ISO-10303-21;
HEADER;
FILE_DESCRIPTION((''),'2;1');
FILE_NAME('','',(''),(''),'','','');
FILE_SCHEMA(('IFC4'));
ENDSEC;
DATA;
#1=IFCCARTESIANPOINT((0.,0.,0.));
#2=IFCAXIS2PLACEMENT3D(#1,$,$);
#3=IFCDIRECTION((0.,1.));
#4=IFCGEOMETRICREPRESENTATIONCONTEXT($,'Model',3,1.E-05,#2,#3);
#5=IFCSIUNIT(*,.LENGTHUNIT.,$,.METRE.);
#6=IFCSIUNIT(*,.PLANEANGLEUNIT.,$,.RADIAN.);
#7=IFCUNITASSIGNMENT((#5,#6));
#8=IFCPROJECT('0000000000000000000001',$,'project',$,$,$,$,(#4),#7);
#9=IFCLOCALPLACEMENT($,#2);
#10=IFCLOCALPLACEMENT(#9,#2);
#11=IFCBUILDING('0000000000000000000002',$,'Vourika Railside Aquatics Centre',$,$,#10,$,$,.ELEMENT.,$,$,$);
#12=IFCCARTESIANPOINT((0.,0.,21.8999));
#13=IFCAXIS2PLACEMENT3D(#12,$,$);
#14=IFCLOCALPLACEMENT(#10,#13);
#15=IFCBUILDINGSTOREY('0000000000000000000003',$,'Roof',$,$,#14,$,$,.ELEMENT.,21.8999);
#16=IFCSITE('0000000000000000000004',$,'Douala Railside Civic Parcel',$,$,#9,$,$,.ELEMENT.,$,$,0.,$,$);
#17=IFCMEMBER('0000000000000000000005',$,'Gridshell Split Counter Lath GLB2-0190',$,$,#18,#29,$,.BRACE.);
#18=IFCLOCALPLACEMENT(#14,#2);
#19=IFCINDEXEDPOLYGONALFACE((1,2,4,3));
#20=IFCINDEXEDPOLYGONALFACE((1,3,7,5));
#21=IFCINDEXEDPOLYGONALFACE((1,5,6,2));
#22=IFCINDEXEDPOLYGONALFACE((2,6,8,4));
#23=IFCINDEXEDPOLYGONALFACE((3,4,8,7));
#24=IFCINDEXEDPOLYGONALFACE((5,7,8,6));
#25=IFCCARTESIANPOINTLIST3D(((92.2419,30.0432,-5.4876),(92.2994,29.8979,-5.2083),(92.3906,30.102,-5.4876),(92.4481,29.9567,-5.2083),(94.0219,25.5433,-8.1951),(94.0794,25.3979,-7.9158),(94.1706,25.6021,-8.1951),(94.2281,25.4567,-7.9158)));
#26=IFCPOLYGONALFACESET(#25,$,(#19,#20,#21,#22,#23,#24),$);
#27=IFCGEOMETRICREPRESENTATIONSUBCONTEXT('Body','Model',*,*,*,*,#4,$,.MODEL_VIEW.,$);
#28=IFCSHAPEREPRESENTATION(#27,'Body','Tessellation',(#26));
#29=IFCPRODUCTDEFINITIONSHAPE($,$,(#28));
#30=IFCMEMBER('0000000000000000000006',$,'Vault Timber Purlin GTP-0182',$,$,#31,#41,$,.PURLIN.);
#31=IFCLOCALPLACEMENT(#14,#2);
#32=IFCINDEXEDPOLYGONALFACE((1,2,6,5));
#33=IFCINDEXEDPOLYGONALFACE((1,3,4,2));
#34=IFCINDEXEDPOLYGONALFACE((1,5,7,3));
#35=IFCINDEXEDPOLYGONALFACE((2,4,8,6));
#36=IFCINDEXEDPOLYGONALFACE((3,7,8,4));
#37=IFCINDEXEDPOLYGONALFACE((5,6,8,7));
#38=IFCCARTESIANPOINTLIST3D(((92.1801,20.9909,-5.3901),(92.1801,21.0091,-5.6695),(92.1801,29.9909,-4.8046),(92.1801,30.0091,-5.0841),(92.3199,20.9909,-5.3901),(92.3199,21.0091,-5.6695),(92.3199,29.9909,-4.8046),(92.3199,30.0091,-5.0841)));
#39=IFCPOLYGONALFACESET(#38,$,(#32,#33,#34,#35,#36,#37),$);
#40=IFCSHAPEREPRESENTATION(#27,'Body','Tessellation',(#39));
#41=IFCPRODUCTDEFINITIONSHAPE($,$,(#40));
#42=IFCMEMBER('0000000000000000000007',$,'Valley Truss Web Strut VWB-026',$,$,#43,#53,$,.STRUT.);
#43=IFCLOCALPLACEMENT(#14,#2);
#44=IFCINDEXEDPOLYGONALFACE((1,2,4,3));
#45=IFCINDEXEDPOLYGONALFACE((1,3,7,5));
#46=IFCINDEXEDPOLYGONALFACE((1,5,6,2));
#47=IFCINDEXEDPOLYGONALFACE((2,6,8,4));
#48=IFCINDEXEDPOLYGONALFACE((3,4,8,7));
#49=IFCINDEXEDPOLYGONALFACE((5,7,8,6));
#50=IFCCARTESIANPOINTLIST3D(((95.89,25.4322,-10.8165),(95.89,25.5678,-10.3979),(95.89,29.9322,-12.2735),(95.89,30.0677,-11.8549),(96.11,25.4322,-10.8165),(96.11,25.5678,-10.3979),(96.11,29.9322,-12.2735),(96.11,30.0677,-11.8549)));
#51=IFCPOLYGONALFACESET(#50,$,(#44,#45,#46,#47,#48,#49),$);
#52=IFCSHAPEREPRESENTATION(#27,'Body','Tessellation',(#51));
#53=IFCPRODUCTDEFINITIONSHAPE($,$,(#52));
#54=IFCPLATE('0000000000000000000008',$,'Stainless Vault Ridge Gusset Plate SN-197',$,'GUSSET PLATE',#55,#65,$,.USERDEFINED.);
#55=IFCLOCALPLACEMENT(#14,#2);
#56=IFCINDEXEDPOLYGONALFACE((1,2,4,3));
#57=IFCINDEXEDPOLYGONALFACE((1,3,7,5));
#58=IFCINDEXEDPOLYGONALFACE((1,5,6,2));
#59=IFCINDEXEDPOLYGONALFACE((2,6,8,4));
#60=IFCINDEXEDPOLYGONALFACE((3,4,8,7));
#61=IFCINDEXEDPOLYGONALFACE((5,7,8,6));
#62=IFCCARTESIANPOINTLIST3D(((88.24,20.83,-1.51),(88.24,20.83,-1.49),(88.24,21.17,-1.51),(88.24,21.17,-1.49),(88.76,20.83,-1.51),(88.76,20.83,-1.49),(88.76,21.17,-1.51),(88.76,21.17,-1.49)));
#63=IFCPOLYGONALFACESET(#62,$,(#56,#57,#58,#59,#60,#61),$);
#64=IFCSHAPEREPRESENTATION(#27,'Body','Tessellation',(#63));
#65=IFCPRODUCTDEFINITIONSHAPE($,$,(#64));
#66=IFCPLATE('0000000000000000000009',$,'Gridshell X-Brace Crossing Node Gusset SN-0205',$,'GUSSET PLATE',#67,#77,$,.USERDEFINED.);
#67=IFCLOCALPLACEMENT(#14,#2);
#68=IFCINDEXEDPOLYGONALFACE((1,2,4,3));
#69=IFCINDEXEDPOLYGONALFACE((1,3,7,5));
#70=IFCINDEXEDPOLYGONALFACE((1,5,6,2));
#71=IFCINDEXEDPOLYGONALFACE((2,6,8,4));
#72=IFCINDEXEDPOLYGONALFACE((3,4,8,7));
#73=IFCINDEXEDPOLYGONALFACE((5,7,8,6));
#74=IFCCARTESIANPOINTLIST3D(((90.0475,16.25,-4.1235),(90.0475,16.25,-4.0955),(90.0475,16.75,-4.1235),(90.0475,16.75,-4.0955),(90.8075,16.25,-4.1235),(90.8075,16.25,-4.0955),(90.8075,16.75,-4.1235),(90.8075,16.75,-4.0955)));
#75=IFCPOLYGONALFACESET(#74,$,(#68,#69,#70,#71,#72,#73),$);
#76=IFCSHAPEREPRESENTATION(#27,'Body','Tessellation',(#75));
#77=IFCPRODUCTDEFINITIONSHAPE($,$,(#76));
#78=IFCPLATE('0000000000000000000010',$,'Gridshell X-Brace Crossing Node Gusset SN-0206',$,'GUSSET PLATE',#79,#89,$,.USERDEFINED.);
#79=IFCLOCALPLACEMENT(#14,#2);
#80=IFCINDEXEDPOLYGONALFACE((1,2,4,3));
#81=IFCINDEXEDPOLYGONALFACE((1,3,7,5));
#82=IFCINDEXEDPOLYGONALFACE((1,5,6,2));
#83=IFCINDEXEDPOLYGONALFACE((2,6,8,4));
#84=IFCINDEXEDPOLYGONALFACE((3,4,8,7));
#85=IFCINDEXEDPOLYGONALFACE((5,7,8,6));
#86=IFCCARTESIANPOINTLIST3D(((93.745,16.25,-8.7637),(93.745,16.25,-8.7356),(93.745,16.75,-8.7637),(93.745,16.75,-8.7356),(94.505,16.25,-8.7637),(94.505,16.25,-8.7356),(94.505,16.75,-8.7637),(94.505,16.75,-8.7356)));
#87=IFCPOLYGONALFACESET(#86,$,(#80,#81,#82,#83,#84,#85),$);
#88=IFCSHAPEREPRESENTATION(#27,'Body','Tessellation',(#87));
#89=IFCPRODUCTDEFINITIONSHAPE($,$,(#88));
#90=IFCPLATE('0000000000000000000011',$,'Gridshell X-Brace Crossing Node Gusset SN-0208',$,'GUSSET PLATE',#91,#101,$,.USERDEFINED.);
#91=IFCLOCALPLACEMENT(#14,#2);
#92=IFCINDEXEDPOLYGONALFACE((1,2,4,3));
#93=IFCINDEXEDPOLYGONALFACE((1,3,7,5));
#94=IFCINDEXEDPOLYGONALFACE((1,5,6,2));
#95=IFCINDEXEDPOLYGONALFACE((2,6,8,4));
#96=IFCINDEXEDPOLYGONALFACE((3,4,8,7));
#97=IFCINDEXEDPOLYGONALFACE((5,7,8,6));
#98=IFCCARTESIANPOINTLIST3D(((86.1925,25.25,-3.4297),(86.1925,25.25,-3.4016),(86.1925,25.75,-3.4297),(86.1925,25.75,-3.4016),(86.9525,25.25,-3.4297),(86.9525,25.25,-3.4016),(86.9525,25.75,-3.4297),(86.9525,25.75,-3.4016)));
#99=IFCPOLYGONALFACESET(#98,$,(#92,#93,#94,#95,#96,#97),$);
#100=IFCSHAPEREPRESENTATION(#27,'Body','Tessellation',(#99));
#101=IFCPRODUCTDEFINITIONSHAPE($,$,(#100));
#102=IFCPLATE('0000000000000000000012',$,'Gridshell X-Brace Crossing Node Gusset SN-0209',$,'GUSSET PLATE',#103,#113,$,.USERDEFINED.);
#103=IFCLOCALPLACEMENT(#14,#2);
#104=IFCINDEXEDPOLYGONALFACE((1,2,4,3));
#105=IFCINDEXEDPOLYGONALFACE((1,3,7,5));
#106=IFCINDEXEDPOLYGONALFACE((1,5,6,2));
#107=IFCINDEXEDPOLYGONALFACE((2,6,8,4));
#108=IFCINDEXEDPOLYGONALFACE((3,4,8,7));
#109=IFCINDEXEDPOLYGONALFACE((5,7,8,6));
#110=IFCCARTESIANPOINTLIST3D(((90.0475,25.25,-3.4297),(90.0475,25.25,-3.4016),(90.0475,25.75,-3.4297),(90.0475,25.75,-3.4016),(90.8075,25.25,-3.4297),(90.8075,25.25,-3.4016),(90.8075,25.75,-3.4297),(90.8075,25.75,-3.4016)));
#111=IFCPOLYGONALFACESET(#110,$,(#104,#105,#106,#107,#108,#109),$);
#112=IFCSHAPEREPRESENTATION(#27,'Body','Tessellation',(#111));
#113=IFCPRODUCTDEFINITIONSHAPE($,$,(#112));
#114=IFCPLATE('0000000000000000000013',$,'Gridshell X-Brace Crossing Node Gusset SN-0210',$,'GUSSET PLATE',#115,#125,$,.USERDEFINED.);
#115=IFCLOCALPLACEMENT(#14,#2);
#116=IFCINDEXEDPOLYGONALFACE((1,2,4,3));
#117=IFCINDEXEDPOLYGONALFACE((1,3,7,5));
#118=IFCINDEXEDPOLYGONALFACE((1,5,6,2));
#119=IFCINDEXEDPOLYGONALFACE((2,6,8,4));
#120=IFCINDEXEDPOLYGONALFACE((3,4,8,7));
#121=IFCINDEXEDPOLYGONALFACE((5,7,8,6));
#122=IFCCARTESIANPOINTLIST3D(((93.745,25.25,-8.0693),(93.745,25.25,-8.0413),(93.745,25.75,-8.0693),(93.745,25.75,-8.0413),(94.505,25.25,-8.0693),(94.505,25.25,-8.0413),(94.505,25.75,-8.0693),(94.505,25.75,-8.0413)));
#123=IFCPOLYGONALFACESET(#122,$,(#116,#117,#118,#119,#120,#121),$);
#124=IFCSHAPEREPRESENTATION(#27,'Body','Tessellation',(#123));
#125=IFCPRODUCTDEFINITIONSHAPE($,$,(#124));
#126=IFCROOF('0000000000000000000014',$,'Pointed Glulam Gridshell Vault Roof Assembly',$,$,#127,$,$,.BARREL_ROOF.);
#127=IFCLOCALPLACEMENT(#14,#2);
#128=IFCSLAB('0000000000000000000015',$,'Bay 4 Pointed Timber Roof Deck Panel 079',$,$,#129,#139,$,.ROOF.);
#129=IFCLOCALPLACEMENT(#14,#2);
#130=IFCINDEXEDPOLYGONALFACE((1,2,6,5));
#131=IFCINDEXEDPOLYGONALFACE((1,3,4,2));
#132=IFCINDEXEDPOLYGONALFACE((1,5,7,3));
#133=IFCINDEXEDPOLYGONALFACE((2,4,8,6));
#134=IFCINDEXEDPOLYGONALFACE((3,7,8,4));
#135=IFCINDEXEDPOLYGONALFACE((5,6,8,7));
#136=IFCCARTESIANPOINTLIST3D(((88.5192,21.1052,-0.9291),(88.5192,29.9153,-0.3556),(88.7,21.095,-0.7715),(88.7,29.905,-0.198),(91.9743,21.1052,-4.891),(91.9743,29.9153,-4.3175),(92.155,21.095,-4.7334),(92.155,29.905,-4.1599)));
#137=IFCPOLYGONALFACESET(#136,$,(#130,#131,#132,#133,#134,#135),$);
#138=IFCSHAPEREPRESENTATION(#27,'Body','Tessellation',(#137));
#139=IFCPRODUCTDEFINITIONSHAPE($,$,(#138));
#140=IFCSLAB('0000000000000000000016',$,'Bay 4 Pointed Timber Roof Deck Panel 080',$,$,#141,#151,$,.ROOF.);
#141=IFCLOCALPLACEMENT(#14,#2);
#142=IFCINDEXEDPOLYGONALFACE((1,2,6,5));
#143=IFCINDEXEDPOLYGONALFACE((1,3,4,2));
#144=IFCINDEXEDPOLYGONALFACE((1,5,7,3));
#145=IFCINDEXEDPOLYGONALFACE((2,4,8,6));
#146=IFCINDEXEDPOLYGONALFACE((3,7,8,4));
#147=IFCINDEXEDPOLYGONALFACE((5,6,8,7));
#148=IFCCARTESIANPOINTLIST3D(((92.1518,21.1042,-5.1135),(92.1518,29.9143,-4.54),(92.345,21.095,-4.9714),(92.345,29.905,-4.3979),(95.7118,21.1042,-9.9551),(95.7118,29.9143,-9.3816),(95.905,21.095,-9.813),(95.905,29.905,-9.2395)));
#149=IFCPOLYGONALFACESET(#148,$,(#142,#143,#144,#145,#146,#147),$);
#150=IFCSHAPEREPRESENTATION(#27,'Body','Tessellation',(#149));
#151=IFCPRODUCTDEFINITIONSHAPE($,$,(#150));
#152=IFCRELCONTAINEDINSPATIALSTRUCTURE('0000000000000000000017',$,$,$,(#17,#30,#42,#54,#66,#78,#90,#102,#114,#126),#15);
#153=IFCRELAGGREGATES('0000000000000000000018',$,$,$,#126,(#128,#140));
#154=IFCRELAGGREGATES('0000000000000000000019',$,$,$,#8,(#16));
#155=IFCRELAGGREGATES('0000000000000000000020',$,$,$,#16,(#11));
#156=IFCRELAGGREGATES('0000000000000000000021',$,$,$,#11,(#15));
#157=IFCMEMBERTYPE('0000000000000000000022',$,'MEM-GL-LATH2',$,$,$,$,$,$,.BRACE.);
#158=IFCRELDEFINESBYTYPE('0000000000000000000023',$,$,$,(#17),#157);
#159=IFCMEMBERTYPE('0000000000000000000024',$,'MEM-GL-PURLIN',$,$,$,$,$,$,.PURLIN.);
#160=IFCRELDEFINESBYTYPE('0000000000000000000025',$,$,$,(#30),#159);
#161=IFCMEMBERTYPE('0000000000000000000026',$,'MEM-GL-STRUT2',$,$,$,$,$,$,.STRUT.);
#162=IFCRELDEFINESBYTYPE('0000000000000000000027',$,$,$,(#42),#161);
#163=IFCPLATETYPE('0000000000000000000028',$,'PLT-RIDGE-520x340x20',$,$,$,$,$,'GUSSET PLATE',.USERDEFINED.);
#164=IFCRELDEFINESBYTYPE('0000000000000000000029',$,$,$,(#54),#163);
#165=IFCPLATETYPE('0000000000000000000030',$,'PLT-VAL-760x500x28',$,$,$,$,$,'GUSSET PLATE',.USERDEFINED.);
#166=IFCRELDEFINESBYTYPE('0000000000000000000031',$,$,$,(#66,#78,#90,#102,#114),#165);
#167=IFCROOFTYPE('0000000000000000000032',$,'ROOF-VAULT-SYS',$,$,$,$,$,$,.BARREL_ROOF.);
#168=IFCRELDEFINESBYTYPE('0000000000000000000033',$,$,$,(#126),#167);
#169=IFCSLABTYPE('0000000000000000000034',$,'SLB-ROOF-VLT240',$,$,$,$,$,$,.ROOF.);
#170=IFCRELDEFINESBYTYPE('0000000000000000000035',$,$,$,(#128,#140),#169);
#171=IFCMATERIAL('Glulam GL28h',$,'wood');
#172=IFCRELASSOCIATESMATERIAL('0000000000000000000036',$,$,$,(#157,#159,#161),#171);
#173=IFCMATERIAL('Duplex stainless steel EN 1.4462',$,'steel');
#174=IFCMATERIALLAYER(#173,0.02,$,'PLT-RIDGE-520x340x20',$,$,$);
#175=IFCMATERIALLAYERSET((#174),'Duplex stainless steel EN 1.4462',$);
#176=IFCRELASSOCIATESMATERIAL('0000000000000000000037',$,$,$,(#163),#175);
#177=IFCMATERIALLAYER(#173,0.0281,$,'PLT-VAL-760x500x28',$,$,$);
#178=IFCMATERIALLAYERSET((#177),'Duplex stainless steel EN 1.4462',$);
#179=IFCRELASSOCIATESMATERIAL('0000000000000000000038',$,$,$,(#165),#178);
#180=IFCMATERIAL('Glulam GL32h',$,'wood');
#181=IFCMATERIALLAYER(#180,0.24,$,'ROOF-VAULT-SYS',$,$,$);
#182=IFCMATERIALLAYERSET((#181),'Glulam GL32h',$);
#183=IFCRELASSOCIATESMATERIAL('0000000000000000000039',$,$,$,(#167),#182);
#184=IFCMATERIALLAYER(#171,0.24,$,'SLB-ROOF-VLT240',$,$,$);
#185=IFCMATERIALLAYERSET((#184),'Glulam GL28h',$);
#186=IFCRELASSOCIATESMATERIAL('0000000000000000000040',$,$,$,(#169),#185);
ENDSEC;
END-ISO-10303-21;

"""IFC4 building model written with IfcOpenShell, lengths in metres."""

from ifc_helpers import new_model, si_unit, direction, frame, origin, origin_2d, place, context, subcontext, project, spatial, polyline, rectangle, outline, extrude, material, layer, layer_set, material_profile, profile_set, type_object, element, aggregate, save


model = new_model("IFC4")

# Units and contexts
model_context = context("Model", 3, precision=1e-05, world=origin(), true_north=direction((0.0, 1.0)))
body_context = subcontext(model_context, "Body", "Model", "MODEL_VIEW")
ifc_project = project(units=[si_unit("LENGTHUNIT", "METRE"), si_unit("PLANEANGLEUNIT", "RADIAN")], contexts=[model_context])

# Site, building, storey
site_placement = place(None, origin())
site = spatial("IfcSite", under=ifc_project, at=site_placement, Name="Douala Railside Civic Parcel", CompositionType="ELEMENT", RefElevation=0.0)
building_placement = place(site_placement, origin())
building = spatial("IfcBuilding", under=site, at=building_placement, Name="Vourika Railside Aquatics Centre", CompositionType="ELEMENT")
storey_placement = place(building_placement, frame((0.0, 0.0, 21.8999)))
storey = spatial("IfcBuildingStorey", under=building, at=storey_placement, Name="Roof", CompositionType="ELEMENT", Elevation=21.8999)

# Shared definitions
ifc_material_1 = material(Name="Glulam GL32h", Category="wood")

# Members
ifc_material_2 = material(Name="Glulam GL28h", Category="wood")
ifc_material_profile_1 = material_profile(ifc_material_2, rectangle(XDim=0.1599, YDim=0.3201, at=origin_2d()), Name="GL28h 160x320")
ifc_profile_set_1 = profile_set([ifc_material_profile_1], Name="Glulam GL28h")
member_type_1 = type_object("IfcMemberType", Name="MEM-GL-LATH2", PredefinedType="BRACE", material=ifc_profile_set_1)
member_1_placement = place(storey_placement, frame((94.125, 25.5, -8.0554), z_axis=(-0.321004, 0.811514, 0.488264), x_axis=(-0.929893, -0.36783, 0.0)))
element("IfcMember", 1, at=member_1_placement, inside=storey, type_object=member_type_1, Name="Gridshell Split Counter Lath GLB2-0190", PredefinedType="BRACE", context=body_context, shape_type="SweptSolid", body=[
    extrude(rectangle(XDim=0.1599, YDim=0.3201, at=origin_2d()), origin(), (0.0, 0.0, 1.0), 5.5452),
])
ifc_material_profile_2 = material_profile(ifc_material_2, rectangle(XDim=0.1399, YDim=0.28, at=origin_2d()), Name="GL28h 140x280")
ifc_profile_set_2 = profile_set([ifc_material_profile_2], Name="Glulam GL28h")
member_type_2 = type_object("IfcMemberType", Name="MEM-GL-PURLIN", PredefinedType="PURLIN", material=ifc_profile_set_2)
member_2_placement = place(storey_placement, frame((92.25, 21.0, -5.5298), z_axis=(0.0, 0.997891, 0.064913), x_axis=(-1.0, 0.0, 0.0)))
element("IfcMember", 2, at=member_2_placement, inside=storey, type_object=member_type_2, Name="Vault Timber Purlin GTP-0182", PredefinedType="PURLIN", context=body_context, shape_type="SweptSolid", body=[
    extrude(rectangle(XDim=0.1399, YDim=0.28, at=origin_2d()), origin(), (0.0, 0.0, 1.0), 9.019),
])
ifc_material_profile_3 = material_profile(ifc_material_2, rectangle(XDim=0.22, YDim=0.4399, at=origin_2d()), Name="GL28h 220x440")
ifc_profile_set_3 = profile_set([ifc_material_profile_3], Name="Glulam GL28h")
member_type_3 = type_object("IfcMemberType", Name="MEM-GL-STRUT2", PredefinedType="STRUT", material=ifc_profile_set_3)
member_3_placement = place(storey_placement, frame((96.0, 25.5, -10.6072), z_axis=(0.0, 0.951373, -0.30804), x_axis=(-1.0, 0.0, 0.0)))
element("IfcMember", 3, at=member_3_placement, inside=storey, type_object=member_type_3, Name="Valley Truss Web Strut VWB-026", PredefinedType="STRUT", context=body_context, shape_type="SweptSolid", body=[
    extrude(rectangle(XDim=0.22, YDim=0.4399, at=origin_2d()), origin(), (0.0, 0.0, 1.0), 4.73),
])

# Plates
ifc_material_3 = material(Name="Duplex stainless steel EN 1.4462", Category="steel")
ifc_layer_1 = layer(ifc_material_3, 0.02, Name="PLT-RIDGE-520x340x20")
ifc_layer_set_1 = layer_set([ifc_layer_1], Name="Duplex stainless steel EN 1.4462")
plate_type_1 = type_object("IfcPlateType", Name="PLT-RIDGE-520x340x20", ElementType="GUSSET PLATE", PredefinedType="USERDEFINED", material=ifc_layer_set_1)
plate_placement = place(storey_placement, frame((88.5, 21.0, -1.51), z_axis=(0.0, 0.0, 1.0), x_axis=(1.0, 0.0, 0.0)))
element("IfcPlate", 4, at=plate_placement, inside=storey, type_object=plate_type_1, Name="Stainless Vault Ridge Gusset Plate SN-197", ObjectType="GUSSET PLATE", PredefinedType="USERDEFINED", context=body_context, shape_type="SweptSolid", body=[
    extrude(rectangle(XDim=0.52, YDim=0.3401, at=origin_2d()), origin(), (0.0, 0.0, 1.0), 0.02),
])
ifc_layer_2 = layer(ifc_material_3, 0.0281, Name="PLT-VAL-760x500x28")
ifc_layer_set_2 = layer_set([ifc_layer_2], Name="Duplex stainless steel EN 1.4462")
plate_type_2 = type_object("IfcPlateType", Name="PLT-VAL-760x500x28", ElementType="GUSSET PLATE", PredefinedType="USERDEFINED", material=ifc_layer_set_2)
for number, where, z_axis, x_axis, name in (
    (5, (90.4275, 16.5, -4.1235), (0.0, 0.0, 1.0), (1.0, 0.0, 0.0), "Gridshell X-Brace Crossing Node Gusset SN-0205"),
    (6, (94.125, 16.5, -8.7637), (0.0, 0.0, 1.0), (1.0, 0.0, 0.0), "Gridshell X-Brace Crossing Node Gusset SN-0206"),
    (7, (86.5725, 25.5, -3.4297), (0.0, 0.0, 1.0), (1.0, 0.0, 0.0), "Gridshell X-Brace Crossing Node Gusset SN-0208"),
    (8, (90.4275, 25.5, -3.4297), (0.0, 0.0, 1.0), (1.0, 0.0, 0.0), "Gridshell X-Brace Crossing Node Gusset SN-0209"),
    (9, (94.125, 25.5, -8.0693), (0.0, 0.0, 1.0), (1.0, 0.0, 0.0), "Gridshell X-Brace Crossing Node Gusset SN-0210"),
):
    element("IfcPlate", number, at=place(storey_placement, frame(where, z_axis=z_axis, x_axis=x_axis)), inside=storey, type_object=plate_type_2, Name=name, ObjectType="GUSSET PLATE", PredefinedType="USERDEFINED", context=body_context, shape_type="SweptSolid", body=[
        extrude(rectangle(XDim=0.76, YDim=0.5, at=origin_2d()), origin(), (0.0, 0.0, 1.0), 0.0281),
    ])

# Roof, slabs
ifc_layer_3 = layer(ifc_material_1, 0.24, Name="ROOF-VAULT-SYS")
ifc_layer_set_3 = layer_set([ifc_layer_3], Name="Glulam GL32h")
roof_type = type_object("IfcRoofType", Name="ROOF-VAULT-SYS", PredefinedType="BARREL_ROOF", material=ifc_layer_set_3)
roof_placement = place(storey_placement, origin())
roof = element("IfcRoof", 10, at=roof_placement, inside=storey, type_object=roof_type, Name="Pointed Glulam Gridshell Vault Roof Assembly", PredefinedType="BARREL_ROOF")
ifc_layer_4 = layer(ifc_material_2, 0.24, Name="SLB-ROOF-VLT240")
ifc_layer_set_4 = layer_set([ifc_layer_4], Name="Glulam GL28h")
slab_type = type_object("IfcSlabType", Name="SLB-ROOF-VLT240", PredefinedType="ROOF", material=ifc_layer_set_4)
slab_1_placement = place(storey_placement, frame((88.7, 21.095, -0.7715), z_axis=(0.75298, -0.042745, 0.656654), x_axis=(0.657254, 0.0, -0.753669)))
slab_1 = element("IfcSlab", 11, at=slab_1_placement, type_object=slab_type, Name="Bay 4 Pointed Timber Roof Deck Panel 079", PredefinedType="ROOF", context=body_context, shape_type="SweptSolid", body=[
    extrude(outline(polyline([(0.0, 0.0), (5.2568, 0.0), (4.8246, 8.8181), (-0.4322, 8.8181), (0.0, 0.0)])), origin(), (0.0, 0.0, -1.0), 0.24),
])
slab_2_placement = place(storey_placement, frame((92.345, 21.095, -4.9714), z_axis=(0.805045, -0.038533, 0.591961), x_axis=(0.592401, 0.0, -0.805644)))
slab_2 = element("IfcSlab", 12, at=slab_2_placement, type_object=slab_type, Name="Bay 4 Pointed Timber Roof Deck Panel 080", PredefinedType="ROOF", context=body_context, shape_type="SweptSolid", body=[
    extrude(outline(polyline([(0.0, 0.0), (6.0095, 0.0), (5.5475, 8.8166), (-0.462, 8.8166), (0.0, 0.0)])), origin(), (0.0, 0.0, -1.0), 0.24),
])
aggregate(roof, [slab_1, slab_2])

save(model, "model.ifc")
